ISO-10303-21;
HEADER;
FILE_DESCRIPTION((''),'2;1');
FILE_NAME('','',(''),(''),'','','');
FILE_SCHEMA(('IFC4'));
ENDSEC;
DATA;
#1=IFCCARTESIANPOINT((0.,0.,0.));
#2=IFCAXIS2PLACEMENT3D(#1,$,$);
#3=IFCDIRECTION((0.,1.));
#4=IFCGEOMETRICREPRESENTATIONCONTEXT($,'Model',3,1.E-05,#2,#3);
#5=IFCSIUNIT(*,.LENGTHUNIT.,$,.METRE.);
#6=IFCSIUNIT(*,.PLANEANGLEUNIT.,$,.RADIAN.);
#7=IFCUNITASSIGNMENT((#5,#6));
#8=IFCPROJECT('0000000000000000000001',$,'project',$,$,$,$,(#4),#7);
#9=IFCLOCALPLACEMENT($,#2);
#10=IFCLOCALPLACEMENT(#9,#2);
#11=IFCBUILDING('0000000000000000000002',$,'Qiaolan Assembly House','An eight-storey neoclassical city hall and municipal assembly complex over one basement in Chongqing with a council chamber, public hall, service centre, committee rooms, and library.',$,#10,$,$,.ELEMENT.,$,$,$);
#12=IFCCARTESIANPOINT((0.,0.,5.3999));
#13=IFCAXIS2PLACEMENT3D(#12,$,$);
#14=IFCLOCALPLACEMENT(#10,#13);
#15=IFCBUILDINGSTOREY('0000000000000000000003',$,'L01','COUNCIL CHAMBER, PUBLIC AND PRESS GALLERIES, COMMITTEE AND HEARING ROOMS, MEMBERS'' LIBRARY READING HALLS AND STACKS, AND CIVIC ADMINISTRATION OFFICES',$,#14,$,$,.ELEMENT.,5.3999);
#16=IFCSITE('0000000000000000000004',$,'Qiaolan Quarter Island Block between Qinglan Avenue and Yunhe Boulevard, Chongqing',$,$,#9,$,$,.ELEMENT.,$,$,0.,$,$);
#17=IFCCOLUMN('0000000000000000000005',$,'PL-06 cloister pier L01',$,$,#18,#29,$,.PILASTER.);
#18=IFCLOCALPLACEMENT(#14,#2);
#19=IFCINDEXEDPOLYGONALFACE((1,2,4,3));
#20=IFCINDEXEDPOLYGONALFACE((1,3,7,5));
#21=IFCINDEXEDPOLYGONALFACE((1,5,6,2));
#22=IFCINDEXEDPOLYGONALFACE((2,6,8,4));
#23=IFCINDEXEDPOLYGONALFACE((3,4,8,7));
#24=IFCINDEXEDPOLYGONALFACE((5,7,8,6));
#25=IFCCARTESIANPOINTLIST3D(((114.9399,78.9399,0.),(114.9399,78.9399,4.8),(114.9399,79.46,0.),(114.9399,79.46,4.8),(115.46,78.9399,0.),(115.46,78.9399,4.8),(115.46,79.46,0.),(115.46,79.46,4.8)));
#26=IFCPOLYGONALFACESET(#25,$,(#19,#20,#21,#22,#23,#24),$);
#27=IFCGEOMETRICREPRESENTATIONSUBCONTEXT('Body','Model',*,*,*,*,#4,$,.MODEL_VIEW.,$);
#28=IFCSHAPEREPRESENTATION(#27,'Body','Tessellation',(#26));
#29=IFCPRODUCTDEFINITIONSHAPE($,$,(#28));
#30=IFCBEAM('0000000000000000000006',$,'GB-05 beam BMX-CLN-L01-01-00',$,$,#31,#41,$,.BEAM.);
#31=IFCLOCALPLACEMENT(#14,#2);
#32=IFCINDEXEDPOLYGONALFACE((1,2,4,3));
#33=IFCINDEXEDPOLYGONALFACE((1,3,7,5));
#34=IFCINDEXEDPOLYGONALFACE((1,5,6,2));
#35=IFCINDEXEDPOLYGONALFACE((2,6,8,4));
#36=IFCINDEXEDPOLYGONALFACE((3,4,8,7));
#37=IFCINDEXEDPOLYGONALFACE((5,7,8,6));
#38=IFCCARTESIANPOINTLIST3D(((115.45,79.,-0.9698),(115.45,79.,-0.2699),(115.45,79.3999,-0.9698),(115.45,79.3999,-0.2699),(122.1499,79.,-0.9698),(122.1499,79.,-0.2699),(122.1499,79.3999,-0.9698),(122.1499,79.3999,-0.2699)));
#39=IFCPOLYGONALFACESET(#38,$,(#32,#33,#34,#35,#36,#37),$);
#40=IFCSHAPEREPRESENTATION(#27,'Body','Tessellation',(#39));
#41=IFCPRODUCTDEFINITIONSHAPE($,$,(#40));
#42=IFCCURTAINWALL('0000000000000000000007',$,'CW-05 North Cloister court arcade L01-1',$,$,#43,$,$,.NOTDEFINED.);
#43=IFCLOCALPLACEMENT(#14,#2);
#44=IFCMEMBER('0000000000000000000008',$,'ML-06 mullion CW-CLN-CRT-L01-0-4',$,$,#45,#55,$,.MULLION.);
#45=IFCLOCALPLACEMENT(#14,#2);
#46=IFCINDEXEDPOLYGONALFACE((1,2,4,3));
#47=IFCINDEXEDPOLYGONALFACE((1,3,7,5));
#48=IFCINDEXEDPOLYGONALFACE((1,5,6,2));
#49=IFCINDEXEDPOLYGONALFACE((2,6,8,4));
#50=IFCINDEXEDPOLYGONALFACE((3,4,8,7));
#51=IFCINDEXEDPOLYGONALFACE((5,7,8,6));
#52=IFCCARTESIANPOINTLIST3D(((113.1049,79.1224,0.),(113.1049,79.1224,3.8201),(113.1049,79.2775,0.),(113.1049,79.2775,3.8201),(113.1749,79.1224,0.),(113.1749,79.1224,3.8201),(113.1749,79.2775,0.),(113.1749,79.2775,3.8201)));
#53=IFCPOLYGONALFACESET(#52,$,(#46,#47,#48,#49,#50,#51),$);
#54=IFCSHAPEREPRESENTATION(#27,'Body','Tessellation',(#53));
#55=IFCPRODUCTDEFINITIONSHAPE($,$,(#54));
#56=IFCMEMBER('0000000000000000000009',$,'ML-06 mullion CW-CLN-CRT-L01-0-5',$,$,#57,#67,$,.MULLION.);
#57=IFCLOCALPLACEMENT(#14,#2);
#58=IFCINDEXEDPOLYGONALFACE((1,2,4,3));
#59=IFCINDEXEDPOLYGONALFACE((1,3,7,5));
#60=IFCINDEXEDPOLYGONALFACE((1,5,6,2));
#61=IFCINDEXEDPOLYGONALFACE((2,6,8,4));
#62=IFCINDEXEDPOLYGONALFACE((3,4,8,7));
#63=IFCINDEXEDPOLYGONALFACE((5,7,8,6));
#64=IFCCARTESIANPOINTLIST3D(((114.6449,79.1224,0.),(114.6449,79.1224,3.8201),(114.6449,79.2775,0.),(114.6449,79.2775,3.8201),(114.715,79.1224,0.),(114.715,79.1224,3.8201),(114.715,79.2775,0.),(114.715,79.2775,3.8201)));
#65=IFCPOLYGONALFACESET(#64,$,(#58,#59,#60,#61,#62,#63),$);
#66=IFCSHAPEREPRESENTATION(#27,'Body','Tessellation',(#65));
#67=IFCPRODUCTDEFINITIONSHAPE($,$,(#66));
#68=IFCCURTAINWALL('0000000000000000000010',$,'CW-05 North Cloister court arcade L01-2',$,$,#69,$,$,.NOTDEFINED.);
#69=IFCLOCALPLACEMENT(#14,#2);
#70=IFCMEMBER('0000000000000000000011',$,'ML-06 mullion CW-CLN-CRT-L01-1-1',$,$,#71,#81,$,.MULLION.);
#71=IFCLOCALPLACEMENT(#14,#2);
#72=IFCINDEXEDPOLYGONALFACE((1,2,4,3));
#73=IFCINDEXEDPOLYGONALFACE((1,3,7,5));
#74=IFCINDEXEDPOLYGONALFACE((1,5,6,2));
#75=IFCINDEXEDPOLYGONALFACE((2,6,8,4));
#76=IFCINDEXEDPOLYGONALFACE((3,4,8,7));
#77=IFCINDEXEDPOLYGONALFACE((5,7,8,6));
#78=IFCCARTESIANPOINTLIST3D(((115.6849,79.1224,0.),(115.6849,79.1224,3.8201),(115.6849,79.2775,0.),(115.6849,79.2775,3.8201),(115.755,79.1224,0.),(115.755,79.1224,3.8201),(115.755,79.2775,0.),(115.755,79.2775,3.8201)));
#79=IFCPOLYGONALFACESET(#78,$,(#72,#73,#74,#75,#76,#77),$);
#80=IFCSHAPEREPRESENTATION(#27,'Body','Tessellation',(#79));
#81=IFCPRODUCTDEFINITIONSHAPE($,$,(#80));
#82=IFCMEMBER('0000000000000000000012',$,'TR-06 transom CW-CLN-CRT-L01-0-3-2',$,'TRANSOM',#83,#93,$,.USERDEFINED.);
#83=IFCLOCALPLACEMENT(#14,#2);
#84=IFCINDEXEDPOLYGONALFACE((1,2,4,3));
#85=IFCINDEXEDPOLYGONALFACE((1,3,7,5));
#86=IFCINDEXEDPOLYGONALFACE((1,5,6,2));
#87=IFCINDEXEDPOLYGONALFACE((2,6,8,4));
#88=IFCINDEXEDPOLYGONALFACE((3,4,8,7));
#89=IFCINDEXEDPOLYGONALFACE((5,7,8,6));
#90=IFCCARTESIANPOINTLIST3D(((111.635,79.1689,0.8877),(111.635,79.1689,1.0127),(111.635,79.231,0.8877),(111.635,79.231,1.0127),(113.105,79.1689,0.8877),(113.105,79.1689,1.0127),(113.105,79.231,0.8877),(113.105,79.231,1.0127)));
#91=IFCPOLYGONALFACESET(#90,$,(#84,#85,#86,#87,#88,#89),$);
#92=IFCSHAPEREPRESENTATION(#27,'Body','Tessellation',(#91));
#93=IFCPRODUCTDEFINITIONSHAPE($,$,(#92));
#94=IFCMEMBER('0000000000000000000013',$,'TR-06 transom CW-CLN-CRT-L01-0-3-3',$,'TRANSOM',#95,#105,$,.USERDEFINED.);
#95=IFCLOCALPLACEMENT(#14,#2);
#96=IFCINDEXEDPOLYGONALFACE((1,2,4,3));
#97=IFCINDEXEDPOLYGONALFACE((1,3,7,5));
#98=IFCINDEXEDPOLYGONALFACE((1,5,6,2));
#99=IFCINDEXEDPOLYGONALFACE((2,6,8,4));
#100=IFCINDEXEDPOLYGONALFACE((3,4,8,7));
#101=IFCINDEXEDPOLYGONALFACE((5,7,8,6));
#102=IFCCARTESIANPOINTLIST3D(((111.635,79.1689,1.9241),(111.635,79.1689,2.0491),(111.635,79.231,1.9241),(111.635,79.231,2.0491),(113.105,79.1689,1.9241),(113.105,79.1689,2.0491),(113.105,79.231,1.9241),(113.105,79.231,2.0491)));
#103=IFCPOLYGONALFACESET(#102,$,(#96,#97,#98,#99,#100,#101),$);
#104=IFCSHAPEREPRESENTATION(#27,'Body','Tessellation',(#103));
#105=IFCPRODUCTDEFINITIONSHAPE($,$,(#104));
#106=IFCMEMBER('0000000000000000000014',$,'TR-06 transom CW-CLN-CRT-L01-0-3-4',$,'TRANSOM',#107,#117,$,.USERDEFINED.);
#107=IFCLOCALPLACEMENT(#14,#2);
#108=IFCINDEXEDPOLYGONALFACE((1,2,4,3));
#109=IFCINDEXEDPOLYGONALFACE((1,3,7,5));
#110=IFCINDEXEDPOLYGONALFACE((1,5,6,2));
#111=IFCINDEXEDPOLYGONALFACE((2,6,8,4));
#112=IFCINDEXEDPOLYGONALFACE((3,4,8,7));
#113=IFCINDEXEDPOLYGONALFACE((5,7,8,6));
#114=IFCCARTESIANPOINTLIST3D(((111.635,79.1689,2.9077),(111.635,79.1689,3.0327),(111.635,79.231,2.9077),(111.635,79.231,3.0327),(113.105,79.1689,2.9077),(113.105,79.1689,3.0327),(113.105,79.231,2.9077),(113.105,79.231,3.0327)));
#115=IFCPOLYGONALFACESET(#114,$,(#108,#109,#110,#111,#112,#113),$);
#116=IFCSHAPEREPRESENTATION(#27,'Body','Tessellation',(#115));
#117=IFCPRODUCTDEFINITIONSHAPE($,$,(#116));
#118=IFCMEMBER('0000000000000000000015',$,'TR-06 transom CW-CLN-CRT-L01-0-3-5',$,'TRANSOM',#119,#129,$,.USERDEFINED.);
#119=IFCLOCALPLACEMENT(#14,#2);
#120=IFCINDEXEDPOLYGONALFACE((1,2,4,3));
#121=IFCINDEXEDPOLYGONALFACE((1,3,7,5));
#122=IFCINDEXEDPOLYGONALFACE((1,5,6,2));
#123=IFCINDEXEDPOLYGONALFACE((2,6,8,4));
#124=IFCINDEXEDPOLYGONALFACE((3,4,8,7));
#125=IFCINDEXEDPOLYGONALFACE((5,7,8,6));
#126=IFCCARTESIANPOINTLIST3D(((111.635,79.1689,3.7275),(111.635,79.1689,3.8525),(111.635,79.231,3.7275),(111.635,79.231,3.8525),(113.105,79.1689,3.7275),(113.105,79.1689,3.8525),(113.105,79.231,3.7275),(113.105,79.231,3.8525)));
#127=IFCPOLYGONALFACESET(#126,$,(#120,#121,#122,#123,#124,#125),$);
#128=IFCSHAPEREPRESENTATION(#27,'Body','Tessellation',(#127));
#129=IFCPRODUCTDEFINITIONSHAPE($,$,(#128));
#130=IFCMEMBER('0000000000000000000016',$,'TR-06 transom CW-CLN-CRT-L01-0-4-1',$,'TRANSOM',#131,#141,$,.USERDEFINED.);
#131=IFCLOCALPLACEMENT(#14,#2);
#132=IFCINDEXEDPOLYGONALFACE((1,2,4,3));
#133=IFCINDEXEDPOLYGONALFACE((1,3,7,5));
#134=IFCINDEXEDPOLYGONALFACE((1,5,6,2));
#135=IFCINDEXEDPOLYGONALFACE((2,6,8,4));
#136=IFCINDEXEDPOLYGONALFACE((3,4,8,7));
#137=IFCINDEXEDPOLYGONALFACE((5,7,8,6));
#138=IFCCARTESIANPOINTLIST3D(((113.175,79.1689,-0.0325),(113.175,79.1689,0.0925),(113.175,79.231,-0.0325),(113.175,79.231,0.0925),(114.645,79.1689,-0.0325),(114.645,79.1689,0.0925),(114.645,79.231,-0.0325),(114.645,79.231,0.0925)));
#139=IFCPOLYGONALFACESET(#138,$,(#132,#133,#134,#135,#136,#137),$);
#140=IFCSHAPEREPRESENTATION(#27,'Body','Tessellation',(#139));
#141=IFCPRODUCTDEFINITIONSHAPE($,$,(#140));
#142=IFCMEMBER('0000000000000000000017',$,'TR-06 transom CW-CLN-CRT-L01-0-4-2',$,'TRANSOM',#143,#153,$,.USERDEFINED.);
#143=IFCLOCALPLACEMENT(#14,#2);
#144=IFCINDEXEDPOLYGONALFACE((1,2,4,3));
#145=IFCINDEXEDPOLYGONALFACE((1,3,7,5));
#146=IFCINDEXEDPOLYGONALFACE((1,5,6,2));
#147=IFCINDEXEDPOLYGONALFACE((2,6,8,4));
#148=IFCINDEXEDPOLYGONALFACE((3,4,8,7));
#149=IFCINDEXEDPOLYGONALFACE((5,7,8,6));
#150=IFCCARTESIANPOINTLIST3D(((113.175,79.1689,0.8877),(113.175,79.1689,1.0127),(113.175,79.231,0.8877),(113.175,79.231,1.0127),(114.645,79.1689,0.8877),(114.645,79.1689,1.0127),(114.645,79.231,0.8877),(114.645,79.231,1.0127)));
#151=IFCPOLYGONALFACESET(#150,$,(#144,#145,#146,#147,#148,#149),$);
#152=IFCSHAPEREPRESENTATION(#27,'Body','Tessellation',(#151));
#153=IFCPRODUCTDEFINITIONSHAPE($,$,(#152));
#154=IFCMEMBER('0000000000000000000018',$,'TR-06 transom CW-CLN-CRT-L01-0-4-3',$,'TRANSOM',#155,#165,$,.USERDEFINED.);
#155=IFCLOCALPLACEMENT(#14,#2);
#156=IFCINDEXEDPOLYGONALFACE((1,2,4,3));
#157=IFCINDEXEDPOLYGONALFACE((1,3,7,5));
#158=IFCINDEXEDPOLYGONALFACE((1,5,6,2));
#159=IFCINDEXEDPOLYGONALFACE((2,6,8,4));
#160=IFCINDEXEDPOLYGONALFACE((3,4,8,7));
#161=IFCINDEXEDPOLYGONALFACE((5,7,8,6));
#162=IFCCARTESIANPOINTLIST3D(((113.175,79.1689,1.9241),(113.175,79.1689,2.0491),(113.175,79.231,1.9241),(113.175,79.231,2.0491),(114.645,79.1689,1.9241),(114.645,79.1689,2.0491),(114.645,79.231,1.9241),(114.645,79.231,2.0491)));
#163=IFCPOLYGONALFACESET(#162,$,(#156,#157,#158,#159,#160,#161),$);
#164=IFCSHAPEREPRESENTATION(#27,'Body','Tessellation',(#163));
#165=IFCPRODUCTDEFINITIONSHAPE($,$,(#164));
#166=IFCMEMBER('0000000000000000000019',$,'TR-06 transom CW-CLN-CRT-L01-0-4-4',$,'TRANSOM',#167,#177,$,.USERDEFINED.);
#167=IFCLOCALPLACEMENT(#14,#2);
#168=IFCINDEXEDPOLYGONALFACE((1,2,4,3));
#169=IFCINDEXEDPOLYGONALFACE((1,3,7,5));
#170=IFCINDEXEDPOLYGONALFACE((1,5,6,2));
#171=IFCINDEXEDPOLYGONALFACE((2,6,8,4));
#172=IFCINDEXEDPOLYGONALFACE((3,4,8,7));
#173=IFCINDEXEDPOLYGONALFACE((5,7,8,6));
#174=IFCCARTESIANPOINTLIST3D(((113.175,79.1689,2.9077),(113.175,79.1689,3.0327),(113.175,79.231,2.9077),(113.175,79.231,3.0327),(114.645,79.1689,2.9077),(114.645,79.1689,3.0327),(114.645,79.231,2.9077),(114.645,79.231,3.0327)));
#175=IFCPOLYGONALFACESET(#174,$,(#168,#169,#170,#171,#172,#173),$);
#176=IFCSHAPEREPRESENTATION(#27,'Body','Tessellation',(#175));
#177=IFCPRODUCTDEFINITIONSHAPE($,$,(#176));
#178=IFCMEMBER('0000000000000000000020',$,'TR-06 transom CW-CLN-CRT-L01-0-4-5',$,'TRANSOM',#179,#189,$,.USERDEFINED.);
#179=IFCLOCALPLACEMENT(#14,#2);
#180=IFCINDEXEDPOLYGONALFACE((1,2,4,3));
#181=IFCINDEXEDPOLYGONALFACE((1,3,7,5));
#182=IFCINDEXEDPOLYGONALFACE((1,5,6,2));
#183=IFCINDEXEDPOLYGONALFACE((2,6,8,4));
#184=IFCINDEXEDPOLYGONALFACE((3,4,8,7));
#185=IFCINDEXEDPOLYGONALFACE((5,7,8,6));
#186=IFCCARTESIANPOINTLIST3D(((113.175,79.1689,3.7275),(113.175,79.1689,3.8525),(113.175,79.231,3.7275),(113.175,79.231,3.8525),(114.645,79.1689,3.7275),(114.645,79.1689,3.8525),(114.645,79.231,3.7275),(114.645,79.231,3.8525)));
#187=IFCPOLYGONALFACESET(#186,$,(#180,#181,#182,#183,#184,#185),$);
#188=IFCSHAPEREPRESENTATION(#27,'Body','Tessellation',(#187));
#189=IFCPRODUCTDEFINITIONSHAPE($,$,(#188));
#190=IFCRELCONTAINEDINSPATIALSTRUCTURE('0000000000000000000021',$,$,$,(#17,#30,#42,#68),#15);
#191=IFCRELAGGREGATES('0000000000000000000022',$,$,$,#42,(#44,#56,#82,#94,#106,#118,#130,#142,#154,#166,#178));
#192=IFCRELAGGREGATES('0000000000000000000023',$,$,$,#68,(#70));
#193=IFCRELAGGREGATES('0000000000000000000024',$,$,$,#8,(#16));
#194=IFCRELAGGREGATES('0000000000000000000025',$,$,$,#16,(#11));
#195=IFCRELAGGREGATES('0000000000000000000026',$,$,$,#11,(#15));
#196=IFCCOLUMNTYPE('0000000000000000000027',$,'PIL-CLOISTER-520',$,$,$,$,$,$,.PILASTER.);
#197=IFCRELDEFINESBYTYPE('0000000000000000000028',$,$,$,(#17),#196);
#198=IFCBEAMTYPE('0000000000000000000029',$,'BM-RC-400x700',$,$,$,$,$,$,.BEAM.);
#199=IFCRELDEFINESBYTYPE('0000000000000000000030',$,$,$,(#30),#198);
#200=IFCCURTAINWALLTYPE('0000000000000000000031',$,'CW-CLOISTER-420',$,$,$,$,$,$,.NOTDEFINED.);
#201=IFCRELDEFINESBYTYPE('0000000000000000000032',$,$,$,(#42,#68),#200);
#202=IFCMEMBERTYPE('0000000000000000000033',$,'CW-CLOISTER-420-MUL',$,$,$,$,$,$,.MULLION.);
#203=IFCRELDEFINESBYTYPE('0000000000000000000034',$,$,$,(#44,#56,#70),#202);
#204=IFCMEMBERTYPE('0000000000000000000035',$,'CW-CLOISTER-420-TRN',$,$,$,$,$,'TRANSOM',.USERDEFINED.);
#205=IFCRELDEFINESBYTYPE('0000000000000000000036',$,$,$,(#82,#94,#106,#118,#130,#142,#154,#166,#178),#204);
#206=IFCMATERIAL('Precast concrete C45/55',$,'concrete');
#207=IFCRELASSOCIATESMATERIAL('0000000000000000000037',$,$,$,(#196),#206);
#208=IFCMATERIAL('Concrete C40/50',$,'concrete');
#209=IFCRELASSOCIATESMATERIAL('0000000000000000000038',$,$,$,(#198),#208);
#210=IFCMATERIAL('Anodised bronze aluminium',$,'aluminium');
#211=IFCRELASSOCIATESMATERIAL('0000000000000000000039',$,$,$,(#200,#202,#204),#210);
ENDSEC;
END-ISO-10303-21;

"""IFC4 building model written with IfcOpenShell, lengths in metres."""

from ifc_helpers import new_model, si_unit, direction, frame, origin, origin_2d, place, context, subcontext, project, spatial, rectangle, extrude, material, material_profile, profile_set, type_object, element, aggregate, save


model = new_model("IFC4")

# Units and contexts
model_context = context("Model", 3, precision=1e-05, world=origin(), true_north=direction((0.0, 1.0)))
body_context = subcontext(model_context, "Body", "Model", "MODEL_VIEW")
ifc_project = project(units=[si_unit("LENGTHUNIT", "METRE"), si_unit("PLANEANGLEUNIT", "RADIAN")], contexts=[model_context])

# Site, building, storey
site_placement = place(None, origin())
site = spatial("IfcSite", under=ifc_project, at=site_placement, Name="Qiaolan Quarter Island Block between Qinglan Avenue and Yunhe Boulevard, Chongqing", CompositionType="ELEMENT", RefElevation=0.0)
building_placement = place(site_placement, origin())
building = spatial("IfcBuilding", under=site, at=building_placement, Name="Qiaolan Assembly House", Description="An eight-storey neoclassical city hall and municipal assembly complex over one basement in Chongqing with a council chamber, public hall, service centre, committee rooms, and library.", CompositionType="ELEMENT")
storey_placement = place(building_placement, frame((0.0, 0.0, 5.3999)))
storey = spatial("IfcBuildingStorey", under=building, at=storey_placement, Name="L01", Description="COUNCIL CHAMBER, PUBLIC AND PRESS GALLERIES, COMMITTEE AND HEARING ROOMS, MEMBERS' LIBRARY READING HALLS AND STACKS, AND CIVIC ADMINISTRATION OFFICES", CompositionType="ELEMENT", Elevation=5.3999)

# Column
ifc_material_1 = material(Name="Precast concrete C45/55", Category="concrete")
ifc_material_profile_1 = material_profile(ifc_material_1, rectangle(XDim=0.52, YDim=0.52, at=origin_2d()), Name="PIL 520x520")
ifc_profile_set_1 = profile_set([ifc_material_profile_1], Name="Precast concrete C45/55")
column_type = type_object("IfcColumnType", Name="PIL-CLOISTER-520", PredefinedType="PILASTER", material=ifc_profile_set_1)
column_placement = place(storey_placement, frame((115.2, 79.2, 0.0), z_axis=(0.0, 0.0, 1.0), x_axis=(1.0, 0.0, 0.0)))
element("IfcColumn", 1, at=column_placement, inside=storey, type_object=column_type, Name="PL-06 cloister pier L01", PredefinedType="PILASTER", context=body_context, shape_type="SweptSolid", body=[
    extrude(rectangle(XDim=0.52, YDim=0.52, at=origin_2d()), origin(), (0.0, 0.0, 1.0), 4.8),
])

# Beam
ifc_material_2 = material(Name="Concrete C40/50", Category="concrete")
ifc_material_profile_2 = material_profile(ifc_material_2, rectangle(XDim=0.3999, YDim=0.7, at=origin_2d()), Name="RCB 400x700")
ifc_profile_set_2 = profile_set([ifc_material_profile_2], Name="Concrete C40/50")
beam_type = type_object("IfcBeamType", Name="BM-RC-400x700", PredefinedType="BEAM", material=ifc_profile_set_2)
beam_placement = place(storey_placement, frame((115.45, 79.2, -0.6199), z_axis=(1.0, 0.0, 0.0), x_axis=(0.0, 1.0, 0.0)))
element("IfcBeam", 2, at=beam_placement, inside=storey, type_object=beam_type, Name="GB-05 beam BMX-CLN-L01-01-00", PredefinedType="BEAM", context=body_context, shape_type="SweptSolid", body=[
    extrude(rectangle(XDim=0.3999, YDim=0.7, at=origin_2d()), origin(), (0.0, 0.0, 1.0), 6.7),
])

# Curtain wall, members
ifc_material_3 = material(Name="Anodised bronze aluminium", Category="aluminium")
curtain_wall_type = type_object("IfcCurtainWallType", Name="CW-CLOISTER-420", PredefinedType="NOTDEFINED", material=ifc_material_3)
curtain_wall_1_placement = place(storey_placement, origin())
curtain_wall_1 = element("IfcCurtainWall", 3, at=curtain_wall_1_placement, inside=storey, type_object=curtain_wall_type, Name="CW-05 North Cloister court arcade L01-1", PredefinedType="NOTDEFINED")
ifc_material_profile_3 = material_profile(ifc_material_3, rectangle(XDim=0.0701, YDim=0.155, at=origin_2d()), Name="MUL 70x155")
ifc_profile_set_3 = profile_set([ifc_material_profile_3], Name="Anodised bronze aluminium")
member_type_1 = type_object("IfcMemberType", Name="CW-CLOISTER-420-MUL", PredefinedType="MULLION", material=ifc_profile_set_3)
member_1_placement = place(storey_placement, frame((113.1399, 79.2, 0.0), z_axis=(0.0, 0.0, 1.0), x_axis=(1.0, 0.0, 0.0)))
member_1 = element("IfcMember", 4, at=member_1_placement, type_object=member_type_1, Name="ML-06 mullion CW-CLN-CRT-L01-0-4", PredefinedType="MULLION", context=body_context, shape_type="SweptSolid", body=[
    extrude(rectangle(XDim=0.0701, YDim=0.155, at=origin_2d()), origin(), (0.0, 0.0, 1.0), 3.8201),
])
member_2_placement = place(storey_placement, frame((114.6799, 79.2, 0.0), z_axis=(0.0, 0.0, 1.0), x_axis=(1.0, 0.0, 0.0)))
member_2 = element("IfcMember", 5, at=member_2_placement, type_object=member_type_1, Name="ML-06 mullion CW-CLN-CRT-L01-0-5", PredefinedType="MULLION", context=body_context, shape_type="SweptSolid", body=[
    extrude(rectangle(XDim=0.0701, YDim=0.155, at=origin_2d()), origin(), (0.0, 0.0, 1.0), 3.8201),
])

# Curtain wall, member
curtain_wall_2_placement = place(storey_placement, origin())
curtain_wall_2 = element("IfcCurtainWall", 6, at=curtain_wall_2_placement, inside=storey, type_object=curtain_wall_type, Name="CW-05 North Cloister court arcade L01-2", PredefinedType="NOTDEFINED")
member_3_placement = place(storey_placement, frame((115.72, 79.2, 0.0), z_axis=(0.0, 0.0, 1.0), x_axis=(1.0, 0.0, 0.0)))
member_3 = element("IfcMember", 7, at=member_3_placement, type_object=member_type_1, Name="ML-06 mullion CW-CLN-CRT-L01-1-1", PredefinedType="MULLION", context=body_context, shape_type="SweptSolid", body=[
    extrude(rectangle(XDim=0.0701, YDim=0.155, at=origin_2d()), origin(), (0.0, 0.0, 1.0), 3.8201),
])

# Members
ifc_material_profile_4 = material_profile(ifc_material_3, rectangle(XDim=0.062, YDim=0.125, at=origin_2d()), Name="TRN 62x125")
ifc_profile_set_4 = profile_set([ifc_material_profile_4], Name="Anodised bronze aluminium")
member_type_2 = type_object("IfcMemberType", Name="CW-CLOISTER-420-TRN", ElementType="TRANSOM", PredefinedType="USERDEFINED", material=ifc_profile_set_4)
member_4_placement = place(storey_placement, frame((111.635, 79.2, 0.9502), z_axis=(1.0, 0.0, 0.0), x_axis=(0.0, 1.0, 0.0)))
member_4 = element("IfcMember", 8, at=member_4_placement, type_object=member_type_2, Name="TR-06 transom CW-CLN-CRT-L01-0-3-2", ObjectType="TRANSOM", PredefinedType="USERDEFINED", context=body_context, shape_type="SweptSolid", body=[
    extrude(rectangle(XDim=0.062, YDim=0.125, at=origin_2d()), origin(), (0.0, 0.0, 1.0), 1.47),
])
member_5_placement = place(storey_placement, frame((111.635, 79.2, 1.9866), z_axis=(1.0, 0.0, 0.0), x_axis=(0.0, 1.0, 0.0)))
member_5 = element("IfcMember", 9, at=member_5_placement, type_object=member_type_2, Name="TR-06 transom CW-CLN-CRT-L01-0-3-3", ObjectType="TRANSOM", PredefinedType="USERDEFINED", context=body_context, shape_type="SweptSolid", body=[
    extrude(rectangle(XDim=0.062, YDim=0.125, at=origin_2d()), origin(), (0.0, 0.0, 1.0), 1.47),
])
member_6_placement = place(storey_placement, frame((111.635, 79.2, 2.9702), z_axis=(1.0, 0.0, 0.0), x_axis=(0.0, 1.0, 0.0)))
member_6 = element("IfcMember", 10, at=member_6_placement, type_object=member_type_2, Name="TR-06 transom CW-CLN-CRT-L01-0-3-4", ObjectType="TRANSOM", PredefinedType="USERDEFINED", context=body_context, shape_type="SweptSolid", body=[
    extrude(rectangle(XDim=0.062, YDim=0.125, at=origin_2d()), origin(), (0.0, 0.0, 1.0), 1.47),
])
member_7_placement = place(storey_placement, frame((111.635, 79.2, 3.79), z_axis=(1.0, 0.0, 0.0), x_axis=(0.0, 1.0, 0.0)))
member_7 = element("IfcMember", 11, at=member_7_placement, type_object=member_type_2, Name="TR-06 transom CW-CLN-CRT-L01-0-3-5", ObjectType="TRANSOM", PredefinedType="USERDEFINED", context=body_context, shape_type="SweptSolid", body=[
    extrude(rectangle(XDim=0.062, YDim=0.125, at=origin_2d()), origin(), (0.0, 0.0, 1.0), 1.47),
])
member_8_placement = place(storey_placement, frame((113.175, 79.2, 0.03), z_axis=(1.0, 0.0, 0.0), x_axis=(0.0, 1.0, 0.0)))
member_8 = element("IfcMember", 12, at=member_8_placement, type_object=member_type_2, Name="TR-06 transom CW-CLN-CRT-L01-0-4-1", ObjectType="TRANSOM", PredefinedType="USERDEFINED", context=body_context, shape_type="SweptSolid", body=[
    extrude(rectangle(XDim=0.062, YDim=0.125, at=origin_2d()), origin(), (0.0, 0.0, 1.0), 1.47),
])
member_9_placement = place(storey_placement, frame((113.175, 79.2, 0.9502), z_axis=(1.0, 0.0, 0.0), x_axis=(0.0, 1.0, 0.0)))
member_9 = element("IfcMember", 13, at=member_9_placement, type_object=member_type_2, Name="TR-06 transom CW-CLN-CRT-L01-0-4-2", ObjectType="TRANSOM", PredefinedType="USERDEFINED", context=body_context, shape_type="SweptSolid", body=[
    extrude(rectangle(XDim=0.062, YDim=0.125, at=origin_2d()), origin(), (0.0, 0.0, 1.0), 1.47),
])
member_10_placement = place(storey_placement, frame((113.175, 79.2, 1.9866), z_axis=(1.0, 0.0, 0.0), x_axis=(0.0, 1.0, 0.0)))
member_10 = element("IfcMember", 14, at=member_10_placement, type_object=member_type_2, Name="TR-06 transom CW-CLN-CRT-L01-0-4-3", ObjectType="TRANSOM", PredefinedType="USERDEFINED", context=body_context, shape_type="SweptSolid", body=[
    extrude(rectangle(XDim=0.062, YDim=0.125, at=origin_2d()), origin(), (0.0, 0.0, 1.0), 1.47),
])
member_11_placement = place(storey_placement, frame((113.175, 79.2, 2.9702), z_axis=(1.0, 0.0, 0.0), x_axis=(0.0, 1.0, 0.0)))
member_11 = element("IfcMember", 15, at=member_11_placement, type_object=member_type_2, Name="TR-06 transom CW-CLN-CRT-L01-0-4-4", ObjectType="TRANSOM", PredefinedType="USERDEFINED", context=body_context, shape_type="SweptSolid", body=[
    extrude(rectangle(XDim=0.062, YDim=0.125, at=origin_2d()), origin(), (0.0, 0.0, 1.0), 1.47),
])
member_12_placement = place(storey_placement, frame((113.175, 79.2, 3.79), z_axis=(1.0, 0.0, 0.0), x_axis=(0.0, 1.0, 0.0)))
member_12 = element("IfcMember", 16, at=member_12_placement, type_object=member_type_2, Name="TR-06 transom CW-CLN-CRT-L01-0-4-5", ObjectType="TRANSOM", PredefinedType="USERDEFINED", context=body_context, shape_type="SweptSolid", body=[
    extrude(rectangle(XDim=0.062, YDim=0.125, at=origin_2d()), origin(), (0.0, 0.0, 1.0), 1.47),
])

aggregate(curtain_wall_1, [member_1, member_2, member_4, member_5, member_6, member_7, member_8, member_9, member_10, member_11, member_12])
aggregate(curtain_wall_2, [member_3])

save(model, "model.ifc")
